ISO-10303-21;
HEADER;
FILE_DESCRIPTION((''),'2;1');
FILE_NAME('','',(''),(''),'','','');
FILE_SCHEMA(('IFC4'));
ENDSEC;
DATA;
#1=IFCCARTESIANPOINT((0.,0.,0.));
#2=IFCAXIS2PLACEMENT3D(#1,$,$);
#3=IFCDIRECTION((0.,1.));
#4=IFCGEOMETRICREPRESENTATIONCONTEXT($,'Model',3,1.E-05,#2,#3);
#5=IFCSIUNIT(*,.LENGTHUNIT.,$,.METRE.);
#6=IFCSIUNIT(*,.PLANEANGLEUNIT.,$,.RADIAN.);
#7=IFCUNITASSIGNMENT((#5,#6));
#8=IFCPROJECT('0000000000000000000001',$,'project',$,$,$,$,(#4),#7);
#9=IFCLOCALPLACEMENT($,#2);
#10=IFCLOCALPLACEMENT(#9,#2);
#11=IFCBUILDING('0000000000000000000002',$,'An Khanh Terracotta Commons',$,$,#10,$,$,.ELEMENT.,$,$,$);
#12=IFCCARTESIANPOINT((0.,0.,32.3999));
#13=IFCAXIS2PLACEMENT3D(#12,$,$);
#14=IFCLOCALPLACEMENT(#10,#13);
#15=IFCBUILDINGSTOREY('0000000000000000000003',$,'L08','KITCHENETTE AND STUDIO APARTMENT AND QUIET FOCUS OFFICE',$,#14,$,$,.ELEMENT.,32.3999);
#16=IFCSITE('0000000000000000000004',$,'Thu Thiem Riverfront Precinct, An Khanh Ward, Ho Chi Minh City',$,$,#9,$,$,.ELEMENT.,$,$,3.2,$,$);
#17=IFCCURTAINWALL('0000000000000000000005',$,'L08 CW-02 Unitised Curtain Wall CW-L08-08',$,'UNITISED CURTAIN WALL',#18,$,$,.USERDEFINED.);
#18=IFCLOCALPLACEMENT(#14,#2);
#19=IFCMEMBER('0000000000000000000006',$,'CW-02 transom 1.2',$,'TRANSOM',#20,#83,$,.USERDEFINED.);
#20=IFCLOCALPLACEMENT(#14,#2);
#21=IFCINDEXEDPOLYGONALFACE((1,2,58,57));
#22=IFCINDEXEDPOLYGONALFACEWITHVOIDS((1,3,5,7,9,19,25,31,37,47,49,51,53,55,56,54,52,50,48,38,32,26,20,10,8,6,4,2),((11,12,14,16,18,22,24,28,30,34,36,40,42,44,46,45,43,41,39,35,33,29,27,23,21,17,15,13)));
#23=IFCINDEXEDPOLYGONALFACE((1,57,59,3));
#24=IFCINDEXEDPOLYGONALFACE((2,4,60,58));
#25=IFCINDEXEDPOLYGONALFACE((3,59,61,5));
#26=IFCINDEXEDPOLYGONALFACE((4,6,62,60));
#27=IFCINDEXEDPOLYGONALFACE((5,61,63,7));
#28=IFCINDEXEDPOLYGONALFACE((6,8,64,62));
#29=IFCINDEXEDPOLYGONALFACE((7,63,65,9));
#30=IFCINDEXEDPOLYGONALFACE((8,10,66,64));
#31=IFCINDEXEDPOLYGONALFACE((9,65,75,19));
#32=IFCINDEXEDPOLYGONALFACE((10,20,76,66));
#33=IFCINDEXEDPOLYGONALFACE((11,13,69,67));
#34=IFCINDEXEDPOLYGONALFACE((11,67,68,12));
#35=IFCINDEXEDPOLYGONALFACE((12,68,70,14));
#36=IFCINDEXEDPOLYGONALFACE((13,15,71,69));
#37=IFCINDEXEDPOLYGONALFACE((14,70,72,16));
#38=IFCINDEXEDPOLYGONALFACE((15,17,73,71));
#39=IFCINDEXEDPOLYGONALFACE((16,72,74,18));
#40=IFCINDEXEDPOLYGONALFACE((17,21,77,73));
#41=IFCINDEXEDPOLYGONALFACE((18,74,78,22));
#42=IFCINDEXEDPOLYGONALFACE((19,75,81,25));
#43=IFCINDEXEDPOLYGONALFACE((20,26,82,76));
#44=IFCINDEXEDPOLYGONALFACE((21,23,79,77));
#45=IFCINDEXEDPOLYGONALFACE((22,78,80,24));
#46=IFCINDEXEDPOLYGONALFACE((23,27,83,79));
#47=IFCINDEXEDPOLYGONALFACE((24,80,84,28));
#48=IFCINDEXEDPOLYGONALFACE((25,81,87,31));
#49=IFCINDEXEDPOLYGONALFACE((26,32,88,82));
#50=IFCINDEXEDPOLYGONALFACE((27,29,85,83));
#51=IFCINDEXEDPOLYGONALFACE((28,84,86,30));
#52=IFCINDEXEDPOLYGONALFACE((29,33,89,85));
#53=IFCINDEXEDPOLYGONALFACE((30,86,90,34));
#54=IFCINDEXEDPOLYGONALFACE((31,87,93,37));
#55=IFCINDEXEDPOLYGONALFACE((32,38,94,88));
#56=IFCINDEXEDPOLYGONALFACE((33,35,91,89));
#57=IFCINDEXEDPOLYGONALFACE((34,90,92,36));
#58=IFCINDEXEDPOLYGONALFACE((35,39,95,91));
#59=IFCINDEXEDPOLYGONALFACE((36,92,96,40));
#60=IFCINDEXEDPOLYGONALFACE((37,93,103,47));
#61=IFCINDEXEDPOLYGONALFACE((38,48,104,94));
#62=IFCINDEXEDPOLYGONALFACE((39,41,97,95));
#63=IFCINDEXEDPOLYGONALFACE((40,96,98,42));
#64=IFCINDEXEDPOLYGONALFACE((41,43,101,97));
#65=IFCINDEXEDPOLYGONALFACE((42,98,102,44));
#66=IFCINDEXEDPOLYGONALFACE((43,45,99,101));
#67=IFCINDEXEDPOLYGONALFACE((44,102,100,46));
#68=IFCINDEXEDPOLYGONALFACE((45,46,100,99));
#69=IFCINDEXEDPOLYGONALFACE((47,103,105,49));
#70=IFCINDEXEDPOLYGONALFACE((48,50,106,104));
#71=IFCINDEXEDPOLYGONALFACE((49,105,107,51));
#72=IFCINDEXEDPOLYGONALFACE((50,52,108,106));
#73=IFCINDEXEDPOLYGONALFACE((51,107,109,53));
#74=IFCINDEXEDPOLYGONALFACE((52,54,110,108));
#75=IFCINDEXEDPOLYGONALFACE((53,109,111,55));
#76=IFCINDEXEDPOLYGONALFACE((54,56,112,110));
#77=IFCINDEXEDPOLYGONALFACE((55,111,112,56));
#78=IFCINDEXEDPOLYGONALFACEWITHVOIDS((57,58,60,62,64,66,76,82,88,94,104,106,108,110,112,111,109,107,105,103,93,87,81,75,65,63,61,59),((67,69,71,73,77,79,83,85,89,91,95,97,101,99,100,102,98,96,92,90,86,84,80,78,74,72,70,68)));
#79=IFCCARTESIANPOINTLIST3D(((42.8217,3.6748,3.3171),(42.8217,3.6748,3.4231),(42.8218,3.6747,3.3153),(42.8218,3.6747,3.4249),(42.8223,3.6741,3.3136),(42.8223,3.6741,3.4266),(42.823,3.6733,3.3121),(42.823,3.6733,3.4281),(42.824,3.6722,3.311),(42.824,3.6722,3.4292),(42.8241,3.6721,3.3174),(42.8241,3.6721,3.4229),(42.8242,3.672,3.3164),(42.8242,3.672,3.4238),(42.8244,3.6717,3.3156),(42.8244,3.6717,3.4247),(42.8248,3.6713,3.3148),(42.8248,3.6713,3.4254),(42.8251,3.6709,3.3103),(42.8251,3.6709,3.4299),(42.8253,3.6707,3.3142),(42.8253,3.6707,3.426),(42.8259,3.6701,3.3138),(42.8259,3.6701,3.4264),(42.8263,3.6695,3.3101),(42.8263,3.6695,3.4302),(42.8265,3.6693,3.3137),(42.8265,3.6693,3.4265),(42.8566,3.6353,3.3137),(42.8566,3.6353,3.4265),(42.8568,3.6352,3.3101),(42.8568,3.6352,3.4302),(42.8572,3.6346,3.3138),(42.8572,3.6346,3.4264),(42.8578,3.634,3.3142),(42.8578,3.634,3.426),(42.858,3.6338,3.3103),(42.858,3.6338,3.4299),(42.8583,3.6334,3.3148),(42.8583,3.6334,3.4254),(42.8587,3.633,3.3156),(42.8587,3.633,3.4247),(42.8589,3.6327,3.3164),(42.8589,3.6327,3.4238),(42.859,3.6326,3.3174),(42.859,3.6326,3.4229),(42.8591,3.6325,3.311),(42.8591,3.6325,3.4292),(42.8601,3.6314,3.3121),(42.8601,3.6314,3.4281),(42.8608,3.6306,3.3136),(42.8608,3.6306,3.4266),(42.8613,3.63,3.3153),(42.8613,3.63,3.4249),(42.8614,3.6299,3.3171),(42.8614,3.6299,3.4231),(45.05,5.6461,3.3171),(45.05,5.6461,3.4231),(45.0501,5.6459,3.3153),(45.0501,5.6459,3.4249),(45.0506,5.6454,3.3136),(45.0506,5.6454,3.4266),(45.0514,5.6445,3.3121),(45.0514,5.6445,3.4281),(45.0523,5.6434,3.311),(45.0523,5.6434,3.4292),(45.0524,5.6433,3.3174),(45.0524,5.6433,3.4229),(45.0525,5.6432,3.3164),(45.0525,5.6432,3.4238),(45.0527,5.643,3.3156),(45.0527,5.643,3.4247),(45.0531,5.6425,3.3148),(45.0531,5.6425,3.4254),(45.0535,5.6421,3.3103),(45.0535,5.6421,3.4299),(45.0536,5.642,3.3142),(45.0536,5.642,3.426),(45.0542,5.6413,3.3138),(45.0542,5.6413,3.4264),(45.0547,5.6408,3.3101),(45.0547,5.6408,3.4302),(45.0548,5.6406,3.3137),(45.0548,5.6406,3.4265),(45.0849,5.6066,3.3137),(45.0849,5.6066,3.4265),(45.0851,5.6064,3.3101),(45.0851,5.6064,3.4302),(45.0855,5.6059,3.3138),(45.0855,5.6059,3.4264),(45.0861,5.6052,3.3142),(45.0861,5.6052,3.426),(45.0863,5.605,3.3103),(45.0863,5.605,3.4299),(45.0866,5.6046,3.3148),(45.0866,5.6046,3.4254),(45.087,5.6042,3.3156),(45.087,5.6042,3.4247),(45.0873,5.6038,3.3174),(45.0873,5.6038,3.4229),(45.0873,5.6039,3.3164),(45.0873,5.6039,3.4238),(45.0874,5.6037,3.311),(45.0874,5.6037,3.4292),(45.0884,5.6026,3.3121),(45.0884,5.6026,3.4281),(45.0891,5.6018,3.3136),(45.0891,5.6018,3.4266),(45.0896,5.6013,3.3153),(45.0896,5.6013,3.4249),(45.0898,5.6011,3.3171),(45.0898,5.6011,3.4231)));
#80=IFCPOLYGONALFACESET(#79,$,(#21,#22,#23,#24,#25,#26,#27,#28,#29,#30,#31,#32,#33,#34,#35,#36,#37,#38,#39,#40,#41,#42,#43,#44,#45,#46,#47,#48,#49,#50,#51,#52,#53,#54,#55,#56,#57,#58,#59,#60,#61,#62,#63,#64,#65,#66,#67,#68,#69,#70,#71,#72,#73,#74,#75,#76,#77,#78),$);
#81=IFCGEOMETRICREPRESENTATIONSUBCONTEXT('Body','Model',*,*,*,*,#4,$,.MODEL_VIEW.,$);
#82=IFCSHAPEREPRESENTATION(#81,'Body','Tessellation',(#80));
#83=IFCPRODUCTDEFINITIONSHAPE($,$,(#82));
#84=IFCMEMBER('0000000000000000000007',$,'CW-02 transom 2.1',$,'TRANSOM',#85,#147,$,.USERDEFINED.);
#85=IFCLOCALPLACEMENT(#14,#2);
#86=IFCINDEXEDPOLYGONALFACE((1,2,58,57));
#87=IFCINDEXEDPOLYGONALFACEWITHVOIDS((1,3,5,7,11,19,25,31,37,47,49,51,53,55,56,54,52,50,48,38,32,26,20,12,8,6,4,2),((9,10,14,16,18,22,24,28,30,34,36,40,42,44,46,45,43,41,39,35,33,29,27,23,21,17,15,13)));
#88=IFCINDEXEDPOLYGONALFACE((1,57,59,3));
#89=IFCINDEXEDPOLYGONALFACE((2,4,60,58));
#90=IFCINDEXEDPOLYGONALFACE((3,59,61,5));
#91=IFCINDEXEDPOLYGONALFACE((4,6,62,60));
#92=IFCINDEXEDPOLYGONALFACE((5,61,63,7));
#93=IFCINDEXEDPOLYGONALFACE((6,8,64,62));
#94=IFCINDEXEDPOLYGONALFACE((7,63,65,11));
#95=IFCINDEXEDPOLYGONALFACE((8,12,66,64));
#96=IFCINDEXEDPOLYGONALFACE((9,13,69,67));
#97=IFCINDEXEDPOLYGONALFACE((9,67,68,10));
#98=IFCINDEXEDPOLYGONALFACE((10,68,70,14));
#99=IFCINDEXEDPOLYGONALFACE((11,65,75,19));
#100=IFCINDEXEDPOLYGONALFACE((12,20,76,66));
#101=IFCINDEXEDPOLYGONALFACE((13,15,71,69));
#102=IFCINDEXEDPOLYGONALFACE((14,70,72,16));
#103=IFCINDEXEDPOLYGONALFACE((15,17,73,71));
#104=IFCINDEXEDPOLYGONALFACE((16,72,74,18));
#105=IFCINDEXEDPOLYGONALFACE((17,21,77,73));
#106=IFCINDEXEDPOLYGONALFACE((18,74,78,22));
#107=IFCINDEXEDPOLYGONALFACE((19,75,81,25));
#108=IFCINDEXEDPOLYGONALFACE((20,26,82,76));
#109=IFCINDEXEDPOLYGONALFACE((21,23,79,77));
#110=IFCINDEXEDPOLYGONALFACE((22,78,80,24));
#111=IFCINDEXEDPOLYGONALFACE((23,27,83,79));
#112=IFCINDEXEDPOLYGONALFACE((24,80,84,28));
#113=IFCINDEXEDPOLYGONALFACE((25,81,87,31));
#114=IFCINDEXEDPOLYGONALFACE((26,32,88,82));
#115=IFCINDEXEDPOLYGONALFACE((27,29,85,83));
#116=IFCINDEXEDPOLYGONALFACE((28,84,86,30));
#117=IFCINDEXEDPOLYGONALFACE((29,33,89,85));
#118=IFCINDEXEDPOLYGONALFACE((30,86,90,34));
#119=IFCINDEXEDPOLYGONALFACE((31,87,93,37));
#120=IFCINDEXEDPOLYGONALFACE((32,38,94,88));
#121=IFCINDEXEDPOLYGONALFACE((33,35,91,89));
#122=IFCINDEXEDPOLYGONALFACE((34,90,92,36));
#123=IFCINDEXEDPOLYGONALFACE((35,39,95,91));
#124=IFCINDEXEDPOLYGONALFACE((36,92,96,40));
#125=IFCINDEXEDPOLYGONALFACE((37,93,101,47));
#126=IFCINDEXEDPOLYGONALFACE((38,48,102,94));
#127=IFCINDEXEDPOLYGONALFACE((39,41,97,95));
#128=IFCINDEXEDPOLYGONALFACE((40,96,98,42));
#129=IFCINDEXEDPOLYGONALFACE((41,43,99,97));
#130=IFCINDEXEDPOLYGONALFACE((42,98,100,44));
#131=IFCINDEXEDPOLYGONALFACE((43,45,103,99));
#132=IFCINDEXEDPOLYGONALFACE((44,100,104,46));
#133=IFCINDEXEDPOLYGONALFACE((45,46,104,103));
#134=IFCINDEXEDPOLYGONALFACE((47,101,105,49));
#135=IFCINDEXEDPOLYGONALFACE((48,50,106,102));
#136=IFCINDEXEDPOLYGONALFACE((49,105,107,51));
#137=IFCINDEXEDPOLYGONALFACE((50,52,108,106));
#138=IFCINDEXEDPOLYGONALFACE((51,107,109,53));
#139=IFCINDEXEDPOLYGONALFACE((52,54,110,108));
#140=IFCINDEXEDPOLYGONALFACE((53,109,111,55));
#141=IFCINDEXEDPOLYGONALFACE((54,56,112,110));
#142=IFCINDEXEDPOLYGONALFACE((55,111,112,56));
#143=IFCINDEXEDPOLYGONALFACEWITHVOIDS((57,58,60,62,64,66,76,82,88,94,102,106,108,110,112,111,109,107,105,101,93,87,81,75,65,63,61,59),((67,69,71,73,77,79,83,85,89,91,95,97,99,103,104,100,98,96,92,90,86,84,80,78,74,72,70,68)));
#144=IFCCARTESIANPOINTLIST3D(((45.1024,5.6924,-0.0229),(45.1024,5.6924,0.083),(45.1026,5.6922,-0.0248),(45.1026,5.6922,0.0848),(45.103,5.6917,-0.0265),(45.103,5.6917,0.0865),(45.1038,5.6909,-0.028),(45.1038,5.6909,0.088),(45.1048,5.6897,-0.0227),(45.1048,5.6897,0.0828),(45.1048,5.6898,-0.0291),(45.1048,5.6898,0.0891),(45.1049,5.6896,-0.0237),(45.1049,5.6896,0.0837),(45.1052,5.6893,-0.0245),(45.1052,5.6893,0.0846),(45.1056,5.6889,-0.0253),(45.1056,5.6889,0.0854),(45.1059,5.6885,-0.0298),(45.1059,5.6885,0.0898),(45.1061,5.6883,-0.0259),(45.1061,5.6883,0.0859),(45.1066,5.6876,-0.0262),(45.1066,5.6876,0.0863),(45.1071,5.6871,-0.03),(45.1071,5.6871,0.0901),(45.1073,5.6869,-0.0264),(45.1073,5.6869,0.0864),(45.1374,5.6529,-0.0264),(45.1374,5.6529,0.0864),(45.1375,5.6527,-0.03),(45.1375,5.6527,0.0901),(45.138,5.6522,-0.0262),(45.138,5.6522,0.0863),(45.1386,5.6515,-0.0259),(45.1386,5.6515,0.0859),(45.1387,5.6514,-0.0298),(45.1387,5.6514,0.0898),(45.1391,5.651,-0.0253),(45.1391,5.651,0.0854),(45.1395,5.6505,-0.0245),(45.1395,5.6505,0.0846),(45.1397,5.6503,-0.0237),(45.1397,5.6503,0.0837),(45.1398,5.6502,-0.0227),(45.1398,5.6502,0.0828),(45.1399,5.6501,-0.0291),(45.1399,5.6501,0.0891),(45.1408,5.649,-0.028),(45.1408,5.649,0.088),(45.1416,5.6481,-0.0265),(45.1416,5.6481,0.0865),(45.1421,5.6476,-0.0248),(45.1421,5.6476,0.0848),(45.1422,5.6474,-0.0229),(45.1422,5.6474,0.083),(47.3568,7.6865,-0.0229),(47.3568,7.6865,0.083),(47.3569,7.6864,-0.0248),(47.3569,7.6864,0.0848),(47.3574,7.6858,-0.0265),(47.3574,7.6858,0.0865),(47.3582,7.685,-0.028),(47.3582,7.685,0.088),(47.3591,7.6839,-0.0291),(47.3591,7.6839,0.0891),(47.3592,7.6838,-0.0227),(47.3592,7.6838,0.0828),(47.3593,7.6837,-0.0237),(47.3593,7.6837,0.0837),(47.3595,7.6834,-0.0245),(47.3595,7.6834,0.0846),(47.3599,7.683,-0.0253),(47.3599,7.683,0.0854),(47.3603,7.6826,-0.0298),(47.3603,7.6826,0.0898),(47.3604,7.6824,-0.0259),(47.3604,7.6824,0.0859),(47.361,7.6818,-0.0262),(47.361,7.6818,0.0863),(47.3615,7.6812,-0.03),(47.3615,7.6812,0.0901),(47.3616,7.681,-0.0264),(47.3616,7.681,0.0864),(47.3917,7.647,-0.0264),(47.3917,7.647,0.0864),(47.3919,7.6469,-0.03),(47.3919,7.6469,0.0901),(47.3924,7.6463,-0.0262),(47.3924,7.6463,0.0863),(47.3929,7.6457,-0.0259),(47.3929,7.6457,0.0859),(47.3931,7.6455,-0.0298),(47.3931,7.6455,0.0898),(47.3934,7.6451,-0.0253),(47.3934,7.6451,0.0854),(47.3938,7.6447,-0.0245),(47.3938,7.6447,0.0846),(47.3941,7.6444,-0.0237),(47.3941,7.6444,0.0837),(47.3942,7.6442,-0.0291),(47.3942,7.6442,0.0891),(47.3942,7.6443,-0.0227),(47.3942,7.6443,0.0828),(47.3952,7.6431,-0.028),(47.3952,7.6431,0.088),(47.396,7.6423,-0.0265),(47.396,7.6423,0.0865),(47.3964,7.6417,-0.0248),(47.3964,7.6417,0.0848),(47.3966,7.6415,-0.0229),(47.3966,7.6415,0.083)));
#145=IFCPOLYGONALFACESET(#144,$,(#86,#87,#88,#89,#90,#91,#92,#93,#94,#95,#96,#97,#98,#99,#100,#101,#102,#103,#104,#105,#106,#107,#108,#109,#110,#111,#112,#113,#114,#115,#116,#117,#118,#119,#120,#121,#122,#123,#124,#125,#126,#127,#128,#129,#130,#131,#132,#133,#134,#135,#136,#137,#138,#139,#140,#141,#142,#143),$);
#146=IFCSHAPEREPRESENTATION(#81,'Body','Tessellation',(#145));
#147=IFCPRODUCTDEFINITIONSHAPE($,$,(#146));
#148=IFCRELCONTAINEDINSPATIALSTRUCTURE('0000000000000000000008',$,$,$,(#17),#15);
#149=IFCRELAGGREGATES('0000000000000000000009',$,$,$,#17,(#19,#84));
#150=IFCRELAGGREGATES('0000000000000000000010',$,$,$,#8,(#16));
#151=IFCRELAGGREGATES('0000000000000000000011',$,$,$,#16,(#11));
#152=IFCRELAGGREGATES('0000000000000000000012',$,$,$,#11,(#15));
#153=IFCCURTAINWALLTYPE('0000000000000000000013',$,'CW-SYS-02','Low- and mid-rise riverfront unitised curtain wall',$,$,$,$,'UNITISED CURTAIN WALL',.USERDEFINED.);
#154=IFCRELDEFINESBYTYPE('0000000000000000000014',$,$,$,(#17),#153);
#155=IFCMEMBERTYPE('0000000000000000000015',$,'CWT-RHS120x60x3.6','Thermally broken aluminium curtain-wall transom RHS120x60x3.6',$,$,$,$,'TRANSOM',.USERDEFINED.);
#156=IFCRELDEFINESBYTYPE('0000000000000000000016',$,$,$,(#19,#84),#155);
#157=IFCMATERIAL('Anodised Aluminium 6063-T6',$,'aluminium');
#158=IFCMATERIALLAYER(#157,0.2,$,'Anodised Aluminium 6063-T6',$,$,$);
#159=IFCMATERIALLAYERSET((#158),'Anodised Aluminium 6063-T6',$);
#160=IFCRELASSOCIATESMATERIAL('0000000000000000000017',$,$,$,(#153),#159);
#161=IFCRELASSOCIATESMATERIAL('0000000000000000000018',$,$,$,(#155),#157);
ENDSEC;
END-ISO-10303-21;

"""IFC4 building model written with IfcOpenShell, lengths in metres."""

from ifc_helpers import new_model, si_unit, direction, frame, origin, origin_2d, place, context, subcontext, project, spatial, hollow_rectangle, extrude, material, layer, layer_set, material_profile, profile_set, type_object, element, aggregate, save


model = new_model("IFC4")

# Units and contexts
model_context = context("Model", 3, precision=1e-05, world=origin(), true_north=direction((0.0, 1.0)))
body_context = subcontext(model_context, "Body", "Model", "MODEL_VIEW")
ifc_project = project(units=[si_unit("LENGTHUNIT", "METRE"), si_unit("PLANEANGLEUNIT", "RADIAN")], contexts=[model_context])

# Site, building, storey
site_placement = place(None, origin())
site = spatial("IfcSite", under=ifc_project, at=site_placement, Name="Thu Thiem Riverfront Precinct, An Khanh Ward, Ho Chi Minh City", CompositionType="ELEMENT", RefElevation=3.2)
building_placement = place(site_placement, origin())
building = spatial("IfcBuilding", under=site, at=building_placement, Name="An Khanh Terracotta Commons", CompositionType="ELEMENT")
storey_placement = place(building_placement, frame((0.0, 0.0, 32.3999)))
storey = spatial("IfcBuildingStorey", under=building, at=storey_placement, Name="L08", Description="KITCHENETTE AND STUDIO APARTMENT AND QUIET FOCUS OFFICE", CompositionType="ELEMENT", Elevation=32.3999)

# Curtain wall
ifc_material_1 = material(Name="Anodised Aluminium 6063-T6", Category="aluminium")
ifc_layer_1 = layer(ifc_material_1, 0.2, Name="Anodised Aluminium 6063-T6")
ifc_layer_set_1 = layer_set([ifc_layer_1], Name="Anodised Aluminium 6063-T6")
curtain_wall_type = type_object("IfcCurtainWallType", Name="CW-SYS-02", Description="Low- and mid-rise riverfront unitised curtain wall", ElementType="UNITISED CURTAIN WALL", PredefinedType="USERDEFINED", material=ifc_layer_set_1)
curtain_wall_1_placement = place(storey_placement, origin())
curtain_wall_1 = element("IfcCurtainWall", 1, at=curtain_wall_1_placement, inside=storey, type_object=curtain_wall_type, Name="L08 CW-02 Unitised Curtain Wall CW-L08-08", ObjectType="UNITISED CURTAIN WALL", PredefinedType="USERDEFINED")

# Members
ifc_material_profile_1 = material_profile(ifc_material_1, hollow_rectangle(XDim=0.0601, YDim=0.1201, WallThickness=0.0037, InnerFilletRadius=0.0037, OuterFilletRadius=0.0071, at=origin_2d()), Name="RHS120x60x3.6")
ifc_profile_set_1 = profile_set([ifc_material_profile_1], Name="Anodised Aluminium 6063-T6")
member_type_1 = type_object("IfcMemberType", Name="CWT-RHS120x60x3.6", Description="Thermally broken aluminium curtain-wall transom RHS120x60x3.6", ElementType="TRANSOM", PredefinedType="USERDEFINED", material=ifc_profile_set_1)
member_1_placement = place(storey_placement, frame((42.8416, 3.6523, 3.3701), z_axis=(0.748992, 0.662579, 0.0), x_axis=(-0.662579, 0.748992, 0.0)))
member_1 = element("IfcMember", 2, at=member_1_placement, type_object=member_type_1, Name="CW-02 transom 1.2", ObjectType="TRANSOM", PredefinedType="USERDEFINED", context=body_context, shape_type="SweptSolid", body=[
    extrude(hollow_rectangle(XDim=0.0601, YDim=0.1201, WallThickness=0.0037, InnerFilletRadius=0.0037, OuterFilletRadius=0.0071, at=origin_2d()), origin(), (0.0, 0.0, 1.0), 2.9751),
])
member_2_placement = place(storey_placement, frame((45.1223, 5.6699, 0.03), z_axis=(0.749018, 0.662549, 0.0), x_axis=(-0.662549, 0.749018, 0.0)))
member_2 = element("IfcMember", 3, at=member_2_placement, type_object=member_type_1, Name="CW-02 transom 2.1", ObjectType="TRANSOM", PredefinedType="USERDEFINED", context=body_context, shape_type="SweptSolid", body=[
    extrude(hollow_rectangle(XDim=0.0601, YDim=0.1201, WallThickness=0.0037, InnerFilletRadius=0.0037, OuterFilletRadius=0.0071, at=origin_2d()), origin(), (0.0, 0.0, 1.0), 3.0098),
])

aggregate(curtain_wall_1, [member_1, member_2])

save(model, "model.ifc")
